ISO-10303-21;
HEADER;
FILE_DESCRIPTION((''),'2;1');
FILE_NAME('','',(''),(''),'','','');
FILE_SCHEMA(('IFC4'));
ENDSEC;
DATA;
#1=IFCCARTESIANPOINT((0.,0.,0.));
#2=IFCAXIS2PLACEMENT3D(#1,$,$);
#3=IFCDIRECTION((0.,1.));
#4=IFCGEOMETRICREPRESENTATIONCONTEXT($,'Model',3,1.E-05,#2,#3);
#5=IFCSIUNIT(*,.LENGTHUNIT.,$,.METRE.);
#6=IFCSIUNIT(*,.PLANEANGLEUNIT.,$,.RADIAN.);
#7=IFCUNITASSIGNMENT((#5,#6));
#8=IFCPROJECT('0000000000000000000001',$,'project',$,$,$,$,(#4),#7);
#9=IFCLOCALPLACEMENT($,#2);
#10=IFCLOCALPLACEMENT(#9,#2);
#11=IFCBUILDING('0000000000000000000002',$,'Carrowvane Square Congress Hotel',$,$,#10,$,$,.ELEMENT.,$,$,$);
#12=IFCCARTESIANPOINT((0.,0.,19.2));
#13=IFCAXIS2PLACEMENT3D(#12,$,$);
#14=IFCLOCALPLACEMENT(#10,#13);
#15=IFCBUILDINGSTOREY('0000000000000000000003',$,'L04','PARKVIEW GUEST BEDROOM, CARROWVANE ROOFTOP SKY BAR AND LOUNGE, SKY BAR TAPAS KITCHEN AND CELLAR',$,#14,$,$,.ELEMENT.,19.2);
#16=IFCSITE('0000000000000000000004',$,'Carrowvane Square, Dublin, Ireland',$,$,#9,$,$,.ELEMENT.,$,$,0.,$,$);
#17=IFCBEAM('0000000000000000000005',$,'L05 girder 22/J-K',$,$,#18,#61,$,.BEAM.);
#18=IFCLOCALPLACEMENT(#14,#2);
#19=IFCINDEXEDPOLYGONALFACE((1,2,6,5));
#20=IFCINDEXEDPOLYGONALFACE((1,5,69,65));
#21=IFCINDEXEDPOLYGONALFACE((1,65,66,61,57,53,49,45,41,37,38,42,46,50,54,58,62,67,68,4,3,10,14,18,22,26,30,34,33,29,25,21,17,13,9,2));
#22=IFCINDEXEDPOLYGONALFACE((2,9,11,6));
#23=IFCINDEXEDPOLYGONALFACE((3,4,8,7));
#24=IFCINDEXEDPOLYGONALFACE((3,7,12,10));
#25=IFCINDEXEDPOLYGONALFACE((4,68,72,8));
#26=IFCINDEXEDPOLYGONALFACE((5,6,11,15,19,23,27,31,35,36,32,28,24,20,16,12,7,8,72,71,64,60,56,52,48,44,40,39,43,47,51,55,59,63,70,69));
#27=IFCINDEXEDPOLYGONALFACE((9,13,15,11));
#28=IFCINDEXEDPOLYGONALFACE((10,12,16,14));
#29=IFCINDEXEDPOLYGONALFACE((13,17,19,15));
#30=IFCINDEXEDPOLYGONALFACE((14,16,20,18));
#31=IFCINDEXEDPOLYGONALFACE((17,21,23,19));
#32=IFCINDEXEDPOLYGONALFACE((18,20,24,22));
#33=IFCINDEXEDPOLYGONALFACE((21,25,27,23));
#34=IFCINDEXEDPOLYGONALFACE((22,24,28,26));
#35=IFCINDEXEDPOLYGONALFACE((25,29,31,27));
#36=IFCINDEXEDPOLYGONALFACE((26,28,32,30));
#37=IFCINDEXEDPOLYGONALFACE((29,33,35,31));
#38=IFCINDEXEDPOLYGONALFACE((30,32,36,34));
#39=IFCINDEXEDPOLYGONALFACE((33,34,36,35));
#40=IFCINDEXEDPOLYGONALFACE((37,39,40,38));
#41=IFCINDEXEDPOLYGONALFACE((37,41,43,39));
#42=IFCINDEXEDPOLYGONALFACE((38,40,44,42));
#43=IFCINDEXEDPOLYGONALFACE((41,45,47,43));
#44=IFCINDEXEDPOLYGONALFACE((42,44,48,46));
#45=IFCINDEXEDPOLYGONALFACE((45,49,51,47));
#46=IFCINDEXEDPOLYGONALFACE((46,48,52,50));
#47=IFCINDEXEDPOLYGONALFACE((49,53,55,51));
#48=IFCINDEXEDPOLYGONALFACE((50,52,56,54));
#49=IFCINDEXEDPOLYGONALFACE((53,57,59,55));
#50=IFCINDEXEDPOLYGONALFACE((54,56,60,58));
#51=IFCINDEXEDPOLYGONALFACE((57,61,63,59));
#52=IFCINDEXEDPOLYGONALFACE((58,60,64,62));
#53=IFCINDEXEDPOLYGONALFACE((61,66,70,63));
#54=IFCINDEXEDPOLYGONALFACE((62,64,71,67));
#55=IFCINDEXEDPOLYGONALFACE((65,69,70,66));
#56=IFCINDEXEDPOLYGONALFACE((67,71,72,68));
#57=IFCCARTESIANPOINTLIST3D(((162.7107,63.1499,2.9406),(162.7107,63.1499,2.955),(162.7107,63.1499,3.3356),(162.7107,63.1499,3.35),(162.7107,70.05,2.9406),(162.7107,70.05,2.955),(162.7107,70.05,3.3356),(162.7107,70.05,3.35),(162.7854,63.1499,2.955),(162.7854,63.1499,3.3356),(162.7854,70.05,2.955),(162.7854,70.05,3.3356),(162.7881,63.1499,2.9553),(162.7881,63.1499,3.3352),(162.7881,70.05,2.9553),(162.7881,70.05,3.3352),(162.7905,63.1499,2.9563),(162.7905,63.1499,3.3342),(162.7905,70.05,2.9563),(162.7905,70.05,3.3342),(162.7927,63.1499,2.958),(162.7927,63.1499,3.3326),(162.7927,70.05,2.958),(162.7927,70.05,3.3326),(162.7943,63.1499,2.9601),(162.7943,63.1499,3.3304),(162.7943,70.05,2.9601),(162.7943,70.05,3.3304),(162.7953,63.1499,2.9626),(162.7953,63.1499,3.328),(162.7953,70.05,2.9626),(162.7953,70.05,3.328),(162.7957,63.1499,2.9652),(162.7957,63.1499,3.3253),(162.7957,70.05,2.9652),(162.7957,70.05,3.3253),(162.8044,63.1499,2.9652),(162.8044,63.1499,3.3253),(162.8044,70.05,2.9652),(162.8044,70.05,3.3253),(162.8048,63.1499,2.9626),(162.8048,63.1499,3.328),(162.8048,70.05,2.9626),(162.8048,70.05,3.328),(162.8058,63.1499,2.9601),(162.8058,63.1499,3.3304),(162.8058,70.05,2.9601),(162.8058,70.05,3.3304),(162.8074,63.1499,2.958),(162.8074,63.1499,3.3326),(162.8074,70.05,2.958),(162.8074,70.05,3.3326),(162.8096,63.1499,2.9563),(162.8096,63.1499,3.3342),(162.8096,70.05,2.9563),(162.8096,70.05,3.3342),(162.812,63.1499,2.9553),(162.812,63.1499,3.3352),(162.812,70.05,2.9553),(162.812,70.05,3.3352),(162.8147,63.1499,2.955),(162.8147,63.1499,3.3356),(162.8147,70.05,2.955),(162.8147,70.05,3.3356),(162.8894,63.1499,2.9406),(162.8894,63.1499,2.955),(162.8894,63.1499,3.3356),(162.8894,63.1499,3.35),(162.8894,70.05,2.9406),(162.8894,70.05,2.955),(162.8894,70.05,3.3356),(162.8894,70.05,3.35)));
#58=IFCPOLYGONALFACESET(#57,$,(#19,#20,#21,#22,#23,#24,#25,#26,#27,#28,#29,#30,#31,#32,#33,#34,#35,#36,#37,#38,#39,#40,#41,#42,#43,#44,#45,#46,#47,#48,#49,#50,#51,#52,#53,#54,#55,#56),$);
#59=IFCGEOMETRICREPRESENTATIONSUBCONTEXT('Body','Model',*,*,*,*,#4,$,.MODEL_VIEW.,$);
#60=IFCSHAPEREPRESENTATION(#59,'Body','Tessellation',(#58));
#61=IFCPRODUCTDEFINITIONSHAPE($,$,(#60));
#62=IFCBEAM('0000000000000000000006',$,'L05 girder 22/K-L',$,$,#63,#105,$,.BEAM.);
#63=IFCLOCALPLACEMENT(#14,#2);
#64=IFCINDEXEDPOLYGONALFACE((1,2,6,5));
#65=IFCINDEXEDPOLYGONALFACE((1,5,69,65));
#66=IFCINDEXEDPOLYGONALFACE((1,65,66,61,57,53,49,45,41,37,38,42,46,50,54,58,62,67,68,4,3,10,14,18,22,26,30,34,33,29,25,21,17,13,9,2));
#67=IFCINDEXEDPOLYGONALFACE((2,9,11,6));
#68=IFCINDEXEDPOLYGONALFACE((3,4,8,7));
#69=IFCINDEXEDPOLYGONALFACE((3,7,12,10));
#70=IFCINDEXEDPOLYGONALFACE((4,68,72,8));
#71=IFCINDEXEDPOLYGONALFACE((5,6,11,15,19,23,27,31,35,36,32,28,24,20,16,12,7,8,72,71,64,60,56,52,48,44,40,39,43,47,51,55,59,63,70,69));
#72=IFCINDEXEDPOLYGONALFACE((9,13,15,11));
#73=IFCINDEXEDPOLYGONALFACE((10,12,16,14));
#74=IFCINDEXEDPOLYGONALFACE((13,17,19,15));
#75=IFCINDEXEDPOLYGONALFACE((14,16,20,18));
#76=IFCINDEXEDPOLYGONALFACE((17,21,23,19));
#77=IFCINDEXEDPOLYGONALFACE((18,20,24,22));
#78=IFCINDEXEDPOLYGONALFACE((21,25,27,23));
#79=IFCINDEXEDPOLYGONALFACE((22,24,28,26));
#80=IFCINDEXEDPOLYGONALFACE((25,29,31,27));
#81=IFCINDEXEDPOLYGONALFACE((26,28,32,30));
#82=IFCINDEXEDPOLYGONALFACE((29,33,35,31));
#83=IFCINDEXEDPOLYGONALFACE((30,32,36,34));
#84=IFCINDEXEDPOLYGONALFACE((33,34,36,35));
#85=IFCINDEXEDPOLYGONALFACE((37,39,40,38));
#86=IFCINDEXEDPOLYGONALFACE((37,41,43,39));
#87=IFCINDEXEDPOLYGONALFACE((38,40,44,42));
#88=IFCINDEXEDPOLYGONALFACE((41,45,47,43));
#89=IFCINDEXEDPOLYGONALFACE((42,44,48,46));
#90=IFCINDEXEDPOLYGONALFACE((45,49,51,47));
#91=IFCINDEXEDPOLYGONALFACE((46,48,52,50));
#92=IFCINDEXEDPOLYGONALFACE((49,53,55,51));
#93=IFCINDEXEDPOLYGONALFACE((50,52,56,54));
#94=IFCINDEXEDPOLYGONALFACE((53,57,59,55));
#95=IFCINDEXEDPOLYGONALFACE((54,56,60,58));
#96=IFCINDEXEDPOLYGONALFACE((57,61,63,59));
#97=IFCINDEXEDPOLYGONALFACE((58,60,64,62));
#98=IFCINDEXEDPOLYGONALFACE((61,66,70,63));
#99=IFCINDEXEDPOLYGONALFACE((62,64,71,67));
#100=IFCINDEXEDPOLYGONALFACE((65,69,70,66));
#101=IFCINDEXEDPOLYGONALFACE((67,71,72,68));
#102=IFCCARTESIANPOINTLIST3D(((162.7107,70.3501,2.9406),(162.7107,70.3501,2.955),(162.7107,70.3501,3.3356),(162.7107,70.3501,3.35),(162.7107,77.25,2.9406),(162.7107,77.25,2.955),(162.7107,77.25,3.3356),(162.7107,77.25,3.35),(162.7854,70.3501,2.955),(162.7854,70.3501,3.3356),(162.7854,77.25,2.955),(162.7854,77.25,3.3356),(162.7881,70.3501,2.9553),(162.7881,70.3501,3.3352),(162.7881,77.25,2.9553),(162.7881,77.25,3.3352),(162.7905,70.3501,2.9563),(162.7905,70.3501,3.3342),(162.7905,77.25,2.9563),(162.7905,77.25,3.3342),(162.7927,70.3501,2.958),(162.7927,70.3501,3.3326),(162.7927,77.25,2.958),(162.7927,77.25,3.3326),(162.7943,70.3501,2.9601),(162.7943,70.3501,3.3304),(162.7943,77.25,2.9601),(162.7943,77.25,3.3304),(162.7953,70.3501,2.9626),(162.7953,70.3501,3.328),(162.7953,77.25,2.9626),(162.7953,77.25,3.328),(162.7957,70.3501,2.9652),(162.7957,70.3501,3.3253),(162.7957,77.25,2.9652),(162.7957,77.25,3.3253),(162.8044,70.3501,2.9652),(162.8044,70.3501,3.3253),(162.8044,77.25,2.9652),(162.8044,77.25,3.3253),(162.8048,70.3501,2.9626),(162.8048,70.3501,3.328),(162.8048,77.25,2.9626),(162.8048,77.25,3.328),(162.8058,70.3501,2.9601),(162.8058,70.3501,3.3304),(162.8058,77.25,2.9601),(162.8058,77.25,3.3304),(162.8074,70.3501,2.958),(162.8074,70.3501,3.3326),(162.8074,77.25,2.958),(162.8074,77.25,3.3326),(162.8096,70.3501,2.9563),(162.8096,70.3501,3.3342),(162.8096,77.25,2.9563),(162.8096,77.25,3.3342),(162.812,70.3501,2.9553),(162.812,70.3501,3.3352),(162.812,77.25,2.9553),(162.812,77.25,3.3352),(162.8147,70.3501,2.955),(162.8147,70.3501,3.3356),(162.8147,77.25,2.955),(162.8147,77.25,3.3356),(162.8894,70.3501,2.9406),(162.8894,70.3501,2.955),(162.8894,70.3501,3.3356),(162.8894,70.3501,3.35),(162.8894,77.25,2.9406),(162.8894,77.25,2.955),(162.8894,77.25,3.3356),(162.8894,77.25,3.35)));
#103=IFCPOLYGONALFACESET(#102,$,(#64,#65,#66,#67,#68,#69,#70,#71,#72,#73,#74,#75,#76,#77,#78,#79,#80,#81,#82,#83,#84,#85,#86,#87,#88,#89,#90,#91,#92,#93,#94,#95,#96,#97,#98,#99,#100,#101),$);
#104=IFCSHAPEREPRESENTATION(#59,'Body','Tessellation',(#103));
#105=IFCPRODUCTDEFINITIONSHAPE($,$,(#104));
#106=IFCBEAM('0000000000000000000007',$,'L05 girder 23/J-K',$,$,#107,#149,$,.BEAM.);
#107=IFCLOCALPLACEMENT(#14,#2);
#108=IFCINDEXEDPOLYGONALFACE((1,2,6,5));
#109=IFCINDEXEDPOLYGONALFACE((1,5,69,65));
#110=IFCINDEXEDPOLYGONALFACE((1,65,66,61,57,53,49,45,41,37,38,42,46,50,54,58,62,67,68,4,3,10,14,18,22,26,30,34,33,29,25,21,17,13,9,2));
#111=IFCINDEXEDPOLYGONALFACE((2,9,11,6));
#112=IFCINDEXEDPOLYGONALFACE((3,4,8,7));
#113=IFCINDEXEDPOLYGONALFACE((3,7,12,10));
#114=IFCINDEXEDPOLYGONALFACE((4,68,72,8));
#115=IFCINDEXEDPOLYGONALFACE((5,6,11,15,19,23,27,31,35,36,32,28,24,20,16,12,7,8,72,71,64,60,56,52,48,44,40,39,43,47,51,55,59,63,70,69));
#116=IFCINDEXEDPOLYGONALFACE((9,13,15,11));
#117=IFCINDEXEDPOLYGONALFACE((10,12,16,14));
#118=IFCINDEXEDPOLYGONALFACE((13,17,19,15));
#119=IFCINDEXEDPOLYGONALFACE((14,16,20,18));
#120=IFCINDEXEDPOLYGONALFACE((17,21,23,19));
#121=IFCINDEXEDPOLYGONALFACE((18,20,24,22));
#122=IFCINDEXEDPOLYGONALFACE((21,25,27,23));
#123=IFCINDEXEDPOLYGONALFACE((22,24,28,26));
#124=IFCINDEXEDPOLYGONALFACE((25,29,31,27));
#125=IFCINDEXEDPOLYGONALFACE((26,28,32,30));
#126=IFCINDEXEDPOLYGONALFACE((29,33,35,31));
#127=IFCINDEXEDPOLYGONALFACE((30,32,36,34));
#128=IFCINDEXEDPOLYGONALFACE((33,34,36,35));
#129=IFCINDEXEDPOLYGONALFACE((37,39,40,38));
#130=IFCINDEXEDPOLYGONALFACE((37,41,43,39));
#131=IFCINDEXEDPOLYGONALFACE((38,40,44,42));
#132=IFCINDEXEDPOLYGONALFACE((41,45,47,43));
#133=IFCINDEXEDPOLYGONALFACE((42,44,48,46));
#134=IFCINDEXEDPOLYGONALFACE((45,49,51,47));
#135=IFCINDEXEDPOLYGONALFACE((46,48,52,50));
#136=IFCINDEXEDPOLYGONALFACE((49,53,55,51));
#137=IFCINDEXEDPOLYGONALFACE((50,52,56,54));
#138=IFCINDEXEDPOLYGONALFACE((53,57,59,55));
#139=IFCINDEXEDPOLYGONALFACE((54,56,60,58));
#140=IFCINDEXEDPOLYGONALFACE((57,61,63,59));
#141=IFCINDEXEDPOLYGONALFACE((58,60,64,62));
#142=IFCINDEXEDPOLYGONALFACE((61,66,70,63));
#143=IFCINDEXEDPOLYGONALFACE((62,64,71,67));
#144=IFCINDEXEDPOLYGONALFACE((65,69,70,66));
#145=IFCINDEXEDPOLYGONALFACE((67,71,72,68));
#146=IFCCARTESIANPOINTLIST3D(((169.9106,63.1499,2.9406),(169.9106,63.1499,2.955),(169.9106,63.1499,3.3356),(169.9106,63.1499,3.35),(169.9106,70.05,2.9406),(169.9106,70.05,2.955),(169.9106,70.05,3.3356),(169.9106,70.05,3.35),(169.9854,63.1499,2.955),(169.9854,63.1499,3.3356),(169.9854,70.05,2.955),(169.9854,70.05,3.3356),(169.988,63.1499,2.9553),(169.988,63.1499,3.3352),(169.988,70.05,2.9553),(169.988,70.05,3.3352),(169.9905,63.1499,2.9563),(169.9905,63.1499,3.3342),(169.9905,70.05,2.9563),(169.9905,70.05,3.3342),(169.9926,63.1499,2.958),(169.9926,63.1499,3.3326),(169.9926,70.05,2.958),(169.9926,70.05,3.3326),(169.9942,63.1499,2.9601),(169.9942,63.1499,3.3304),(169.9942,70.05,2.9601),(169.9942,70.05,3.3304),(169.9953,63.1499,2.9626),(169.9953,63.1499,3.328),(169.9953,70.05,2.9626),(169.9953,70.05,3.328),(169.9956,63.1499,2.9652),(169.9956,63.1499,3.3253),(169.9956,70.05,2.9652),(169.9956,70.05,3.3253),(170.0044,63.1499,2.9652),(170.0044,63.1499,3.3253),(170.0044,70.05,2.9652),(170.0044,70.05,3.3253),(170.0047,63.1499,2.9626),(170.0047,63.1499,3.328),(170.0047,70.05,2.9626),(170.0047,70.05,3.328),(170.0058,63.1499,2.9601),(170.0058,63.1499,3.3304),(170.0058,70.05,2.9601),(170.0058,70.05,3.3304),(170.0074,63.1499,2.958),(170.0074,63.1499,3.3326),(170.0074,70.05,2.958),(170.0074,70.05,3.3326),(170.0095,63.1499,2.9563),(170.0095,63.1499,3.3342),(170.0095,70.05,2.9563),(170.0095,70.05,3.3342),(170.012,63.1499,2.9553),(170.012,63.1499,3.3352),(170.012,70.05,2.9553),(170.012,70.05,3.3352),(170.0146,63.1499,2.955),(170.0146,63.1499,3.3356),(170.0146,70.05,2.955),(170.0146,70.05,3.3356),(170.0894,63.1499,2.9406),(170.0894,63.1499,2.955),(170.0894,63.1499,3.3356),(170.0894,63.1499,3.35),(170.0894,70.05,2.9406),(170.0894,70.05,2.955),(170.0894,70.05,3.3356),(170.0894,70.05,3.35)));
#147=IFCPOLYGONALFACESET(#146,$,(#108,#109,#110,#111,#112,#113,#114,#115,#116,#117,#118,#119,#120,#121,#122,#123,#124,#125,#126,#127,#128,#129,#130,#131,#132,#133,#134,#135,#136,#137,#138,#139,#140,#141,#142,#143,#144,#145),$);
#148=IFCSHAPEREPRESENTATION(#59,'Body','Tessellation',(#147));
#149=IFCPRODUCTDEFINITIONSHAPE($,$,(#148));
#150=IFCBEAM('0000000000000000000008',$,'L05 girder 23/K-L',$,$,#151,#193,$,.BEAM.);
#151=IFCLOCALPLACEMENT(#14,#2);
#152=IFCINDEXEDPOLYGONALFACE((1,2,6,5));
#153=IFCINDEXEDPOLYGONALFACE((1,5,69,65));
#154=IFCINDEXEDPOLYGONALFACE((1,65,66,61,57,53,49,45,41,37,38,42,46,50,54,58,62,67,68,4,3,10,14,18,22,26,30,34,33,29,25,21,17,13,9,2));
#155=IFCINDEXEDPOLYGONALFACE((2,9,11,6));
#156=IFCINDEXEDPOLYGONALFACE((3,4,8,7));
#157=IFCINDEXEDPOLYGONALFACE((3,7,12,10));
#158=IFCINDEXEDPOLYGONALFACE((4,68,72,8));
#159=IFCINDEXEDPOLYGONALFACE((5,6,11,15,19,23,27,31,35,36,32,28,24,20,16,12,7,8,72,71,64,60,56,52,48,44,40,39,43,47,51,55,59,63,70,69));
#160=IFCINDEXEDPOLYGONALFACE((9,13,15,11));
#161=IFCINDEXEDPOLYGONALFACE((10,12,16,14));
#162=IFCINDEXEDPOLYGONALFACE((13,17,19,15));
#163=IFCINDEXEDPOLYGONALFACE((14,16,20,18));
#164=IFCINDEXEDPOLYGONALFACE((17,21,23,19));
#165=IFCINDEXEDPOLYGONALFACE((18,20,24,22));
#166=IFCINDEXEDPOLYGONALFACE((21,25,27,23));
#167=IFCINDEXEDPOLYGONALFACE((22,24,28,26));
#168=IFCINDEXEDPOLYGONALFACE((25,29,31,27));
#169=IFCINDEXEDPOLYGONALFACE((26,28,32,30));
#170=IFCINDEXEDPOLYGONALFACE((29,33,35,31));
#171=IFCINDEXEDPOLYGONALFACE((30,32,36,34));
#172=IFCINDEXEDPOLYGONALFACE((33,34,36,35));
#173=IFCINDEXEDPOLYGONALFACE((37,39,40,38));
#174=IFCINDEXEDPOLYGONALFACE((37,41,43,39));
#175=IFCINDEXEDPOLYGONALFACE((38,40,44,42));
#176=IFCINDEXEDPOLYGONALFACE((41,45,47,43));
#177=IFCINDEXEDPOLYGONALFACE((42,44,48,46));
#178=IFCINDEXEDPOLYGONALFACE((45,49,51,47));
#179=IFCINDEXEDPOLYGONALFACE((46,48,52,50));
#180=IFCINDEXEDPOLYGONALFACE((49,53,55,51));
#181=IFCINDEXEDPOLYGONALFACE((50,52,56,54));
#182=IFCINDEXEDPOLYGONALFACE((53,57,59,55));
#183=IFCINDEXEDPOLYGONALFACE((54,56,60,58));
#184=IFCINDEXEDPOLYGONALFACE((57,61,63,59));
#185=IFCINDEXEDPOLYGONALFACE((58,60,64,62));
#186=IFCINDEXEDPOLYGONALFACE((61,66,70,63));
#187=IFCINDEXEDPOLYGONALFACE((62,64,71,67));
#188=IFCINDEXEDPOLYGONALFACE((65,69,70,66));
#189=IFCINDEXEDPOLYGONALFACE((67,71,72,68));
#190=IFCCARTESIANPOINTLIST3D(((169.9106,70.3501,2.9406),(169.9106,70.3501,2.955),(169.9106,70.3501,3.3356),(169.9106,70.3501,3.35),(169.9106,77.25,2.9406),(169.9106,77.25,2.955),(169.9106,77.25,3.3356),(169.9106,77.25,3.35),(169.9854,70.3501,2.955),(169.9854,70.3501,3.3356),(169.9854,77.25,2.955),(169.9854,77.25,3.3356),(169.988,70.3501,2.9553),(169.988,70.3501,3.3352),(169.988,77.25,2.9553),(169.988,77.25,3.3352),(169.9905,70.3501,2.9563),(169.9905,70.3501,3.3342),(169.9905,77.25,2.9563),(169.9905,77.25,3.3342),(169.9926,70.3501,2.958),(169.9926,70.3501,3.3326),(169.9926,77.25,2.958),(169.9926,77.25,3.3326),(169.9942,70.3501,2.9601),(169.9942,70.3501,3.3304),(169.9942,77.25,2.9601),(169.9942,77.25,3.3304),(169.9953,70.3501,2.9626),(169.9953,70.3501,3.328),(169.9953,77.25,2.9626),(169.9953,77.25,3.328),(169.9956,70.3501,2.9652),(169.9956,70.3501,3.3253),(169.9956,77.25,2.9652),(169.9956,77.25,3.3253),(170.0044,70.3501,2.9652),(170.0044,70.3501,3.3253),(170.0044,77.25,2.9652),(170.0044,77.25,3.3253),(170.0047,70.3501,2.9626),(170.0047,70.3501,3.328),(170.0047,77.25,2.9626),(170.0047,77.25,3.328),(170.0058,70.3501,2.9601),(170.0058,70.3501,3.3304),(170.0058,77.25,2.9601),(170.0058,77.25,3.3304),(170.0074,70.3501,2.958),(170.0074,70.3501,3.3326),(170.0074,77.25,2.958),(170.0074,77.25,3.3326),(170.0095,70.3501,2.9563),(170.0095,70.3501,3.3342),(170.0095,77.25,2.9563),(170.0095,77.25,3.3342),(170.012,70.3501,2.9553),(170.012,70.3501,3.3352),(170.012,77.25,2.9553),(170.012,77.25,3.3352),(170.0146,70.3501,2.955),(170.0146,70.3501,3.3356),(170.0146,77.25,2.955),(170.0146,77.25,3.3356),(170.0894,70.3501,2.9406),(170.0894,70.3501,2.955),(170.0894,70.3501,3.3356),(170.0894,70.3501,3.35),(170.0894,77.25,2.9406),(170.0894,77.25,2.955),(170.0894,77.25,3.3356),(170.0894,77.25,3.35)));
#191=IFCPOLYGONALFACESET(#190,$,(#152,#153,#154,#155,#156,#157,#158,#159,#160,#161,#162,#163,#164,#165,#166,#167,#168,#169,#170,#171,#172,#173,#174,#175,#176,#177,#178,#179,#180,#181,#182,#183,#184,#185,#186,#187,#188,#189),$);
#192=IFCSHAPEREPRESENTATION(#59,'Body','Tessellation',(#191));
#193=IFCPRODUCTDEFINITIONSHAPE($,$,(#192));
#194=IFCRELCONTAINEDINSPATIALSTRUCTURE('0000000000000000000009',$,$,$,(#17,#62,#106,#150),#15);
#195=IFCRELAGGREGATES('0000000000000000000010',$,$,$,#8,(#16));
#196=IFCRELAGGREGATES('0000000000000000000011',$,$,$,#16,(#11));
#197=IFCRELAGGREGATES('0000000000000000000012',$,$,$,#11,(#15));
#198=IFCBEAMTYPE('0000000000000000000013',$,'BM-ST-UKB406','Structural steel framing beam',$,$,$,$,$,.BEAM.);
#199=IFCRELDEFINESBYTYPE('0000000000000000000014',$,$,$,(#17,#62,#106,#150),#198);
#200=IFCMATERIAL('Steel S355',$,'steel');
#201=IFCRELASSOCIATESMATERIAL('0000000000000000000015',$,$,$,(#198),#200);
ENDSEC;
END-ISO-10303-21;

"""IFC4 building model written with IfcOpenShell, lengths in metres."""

from ifc_helpers import new_model, si_unit, direction, frame, origin, origin_2d, place, context, subcontext, project, spatial, i_section, extrude, material, material_profile, profile_set, type_object, element, save


model = new_model("IFC4")

# Units and contexts
model_context = context("Model", 3, precision=1e-05, world=origin(), true_north=direction((0.0, 1.0)))
body_context = subcontext(model_context, "Body", "Model", "MODEL_VIEW")
ifc_project = project(units=[si_unit("LENGTHUNIT", "METRE"), si_unit("PLANEANGLEUNIT", "RADIAN")], contexts=[model_context])

# Site, building, storey
site_placement = place(None, origin())
site = spatial("IfcSite", under=ifc_project, at=site_placement, Name="Carrowvane Square, Dublin, Ireland", CompositionType="ELEMENT", RefElevation=0.0)
building_placement = place(site_placement, origin())
building = spatial("IfcBuilding", under=site, at=building_placement, Name="Carrowvane Square Congress Hotel", CompositionType="ELEMENT")
storey_placement = place(building_placement, frame((0.0, 0.0, 19.2)))
storey = spatial("IfcBuildingStorey", under=building, at=storey_placement, Name="L04", Description="PARKVIEW GUEST BEDROOM, CARROWVANE ROOFTOP SKY BAR AND LOUNGE, SKY BAR TAPAS KITCHEN AND CELLAR", CompositionType="ELEMENT", Elevation=19.2)

# Beams
ifc_material_1 = material(Name="Steel S355", Category="steel")
ifc_material_profile_1 = material_profile(ifc_material_1, i_section(OverallWidth=0.1787, OverallDepth=0.4094, WebThickness=0.0088, FlangeThickness=0.0144, FilletRadius=0.0103, at=origin_2d()), Name="UKB 406x178x67")
ifc_profile_set_1 = profile_set([ifc_material_profile_1], Name="Steel S355")
beam_type_1 = type_object("IfcBeamType", Name="BM-ST-UKB406", Description="Structural steel framing beam", PredefinedType="BEAM", material=ifc_profile_set_1)
for number, where, z_axis, x_axis, name in (
    (1, (162.8, 63.1499, 3.1453), (0.0, 1.0, 0.0), (-1.0, 0.0, 0.0), "L05 girder 22/J-K"),
):
    element("IfcBeam", number, at=place(storey_placement, frame(where, z_axis=z_axis, x_axis=x_axis)), inside=storey, type_object=beam_type_1, Name=name, PredefinedType="BEAM", context=body_context, shape_type="SweptSolid", body=[
        extrude(i_section(OverallWidth=0.1787, OverallDepth=0.4094, WebThickness=0.0088, FlangeThickness=0.0144, FilletRadius=0.0103, at=origin_2d()), origin(), (0.0, 0.0, 1.0), 6.9001),
    ])
beam_1_placement = place(storey_placement, frame((162.8, 70.3501, 3.1453), z_axis=(0.0, 1.0, 0.0), x_axis=(-1.0, 0.0, 0.0)))
element("IfcBeam", 2, at=beam_1_placement, inside=storey, type_object=beam_type_1, Name="L05 girder 22/K-L", PredefinedType="BEAM", context=body_context, shape_type="SweptSolid", body=[
    extrude(i_section(OverallWidth=0.1787, OverallDepth=0.4094, WebThickness=0.0088, FlangeThickness=0.0144, FilletRadius=0.0103, at=origin_2d()), origin(), (0.0, 0.0, 1.0), 6.8999),
])
beam_2_placement = place(storey_placement, frame((170.0, 63.1499, 3.1453), z_axis=(0.0, 1.0, 0.0), x_axis=(-1.0, 0.0, 0.0)))
element("IfcBeam", 3, at=beam_2_placement, inside=storey, type_object=beam_type_1, Name="L05 girder 23/J-K", PredefinedType="BEAM", context=body_context, shape_type="SweptSolid", body=[
    extrude(i_section(OverallWidth=0.1787, OverallDepth=0.4094, WebThickness=0.0088, FlangeThickness=0.0144, FilletRadius=0.0103, at=origin_2d()), origin(), (0.0, 0.0, 1.0), 6.9001),
])
beam_3_placement = place(storey_placement, frame((170.0, 70.3501, 3.1453), z_axis=(0.0, 1.0, 0.0), x_axis=(-1.0, 0.0, 0.0)))
element("IfcBeam", 4, at=beam_3_placement, inside=storey, type_object=beam_type_1, Name="L05 girder 23/K-L", PredefinedType="BEAM", context=body_context, shape_type="SweptSolid", body=[
    extrude(i_section(OverallWidth=0.1787, OverallDepth=0.4094, WebThickness=0.0088, FlangeThickness=0.0144, FilletRadius=0.0103, at=origin_2d()), origin(), (0.0, 0.0, 1.0), 6.8999),
])

save(model, "model.ifc")
